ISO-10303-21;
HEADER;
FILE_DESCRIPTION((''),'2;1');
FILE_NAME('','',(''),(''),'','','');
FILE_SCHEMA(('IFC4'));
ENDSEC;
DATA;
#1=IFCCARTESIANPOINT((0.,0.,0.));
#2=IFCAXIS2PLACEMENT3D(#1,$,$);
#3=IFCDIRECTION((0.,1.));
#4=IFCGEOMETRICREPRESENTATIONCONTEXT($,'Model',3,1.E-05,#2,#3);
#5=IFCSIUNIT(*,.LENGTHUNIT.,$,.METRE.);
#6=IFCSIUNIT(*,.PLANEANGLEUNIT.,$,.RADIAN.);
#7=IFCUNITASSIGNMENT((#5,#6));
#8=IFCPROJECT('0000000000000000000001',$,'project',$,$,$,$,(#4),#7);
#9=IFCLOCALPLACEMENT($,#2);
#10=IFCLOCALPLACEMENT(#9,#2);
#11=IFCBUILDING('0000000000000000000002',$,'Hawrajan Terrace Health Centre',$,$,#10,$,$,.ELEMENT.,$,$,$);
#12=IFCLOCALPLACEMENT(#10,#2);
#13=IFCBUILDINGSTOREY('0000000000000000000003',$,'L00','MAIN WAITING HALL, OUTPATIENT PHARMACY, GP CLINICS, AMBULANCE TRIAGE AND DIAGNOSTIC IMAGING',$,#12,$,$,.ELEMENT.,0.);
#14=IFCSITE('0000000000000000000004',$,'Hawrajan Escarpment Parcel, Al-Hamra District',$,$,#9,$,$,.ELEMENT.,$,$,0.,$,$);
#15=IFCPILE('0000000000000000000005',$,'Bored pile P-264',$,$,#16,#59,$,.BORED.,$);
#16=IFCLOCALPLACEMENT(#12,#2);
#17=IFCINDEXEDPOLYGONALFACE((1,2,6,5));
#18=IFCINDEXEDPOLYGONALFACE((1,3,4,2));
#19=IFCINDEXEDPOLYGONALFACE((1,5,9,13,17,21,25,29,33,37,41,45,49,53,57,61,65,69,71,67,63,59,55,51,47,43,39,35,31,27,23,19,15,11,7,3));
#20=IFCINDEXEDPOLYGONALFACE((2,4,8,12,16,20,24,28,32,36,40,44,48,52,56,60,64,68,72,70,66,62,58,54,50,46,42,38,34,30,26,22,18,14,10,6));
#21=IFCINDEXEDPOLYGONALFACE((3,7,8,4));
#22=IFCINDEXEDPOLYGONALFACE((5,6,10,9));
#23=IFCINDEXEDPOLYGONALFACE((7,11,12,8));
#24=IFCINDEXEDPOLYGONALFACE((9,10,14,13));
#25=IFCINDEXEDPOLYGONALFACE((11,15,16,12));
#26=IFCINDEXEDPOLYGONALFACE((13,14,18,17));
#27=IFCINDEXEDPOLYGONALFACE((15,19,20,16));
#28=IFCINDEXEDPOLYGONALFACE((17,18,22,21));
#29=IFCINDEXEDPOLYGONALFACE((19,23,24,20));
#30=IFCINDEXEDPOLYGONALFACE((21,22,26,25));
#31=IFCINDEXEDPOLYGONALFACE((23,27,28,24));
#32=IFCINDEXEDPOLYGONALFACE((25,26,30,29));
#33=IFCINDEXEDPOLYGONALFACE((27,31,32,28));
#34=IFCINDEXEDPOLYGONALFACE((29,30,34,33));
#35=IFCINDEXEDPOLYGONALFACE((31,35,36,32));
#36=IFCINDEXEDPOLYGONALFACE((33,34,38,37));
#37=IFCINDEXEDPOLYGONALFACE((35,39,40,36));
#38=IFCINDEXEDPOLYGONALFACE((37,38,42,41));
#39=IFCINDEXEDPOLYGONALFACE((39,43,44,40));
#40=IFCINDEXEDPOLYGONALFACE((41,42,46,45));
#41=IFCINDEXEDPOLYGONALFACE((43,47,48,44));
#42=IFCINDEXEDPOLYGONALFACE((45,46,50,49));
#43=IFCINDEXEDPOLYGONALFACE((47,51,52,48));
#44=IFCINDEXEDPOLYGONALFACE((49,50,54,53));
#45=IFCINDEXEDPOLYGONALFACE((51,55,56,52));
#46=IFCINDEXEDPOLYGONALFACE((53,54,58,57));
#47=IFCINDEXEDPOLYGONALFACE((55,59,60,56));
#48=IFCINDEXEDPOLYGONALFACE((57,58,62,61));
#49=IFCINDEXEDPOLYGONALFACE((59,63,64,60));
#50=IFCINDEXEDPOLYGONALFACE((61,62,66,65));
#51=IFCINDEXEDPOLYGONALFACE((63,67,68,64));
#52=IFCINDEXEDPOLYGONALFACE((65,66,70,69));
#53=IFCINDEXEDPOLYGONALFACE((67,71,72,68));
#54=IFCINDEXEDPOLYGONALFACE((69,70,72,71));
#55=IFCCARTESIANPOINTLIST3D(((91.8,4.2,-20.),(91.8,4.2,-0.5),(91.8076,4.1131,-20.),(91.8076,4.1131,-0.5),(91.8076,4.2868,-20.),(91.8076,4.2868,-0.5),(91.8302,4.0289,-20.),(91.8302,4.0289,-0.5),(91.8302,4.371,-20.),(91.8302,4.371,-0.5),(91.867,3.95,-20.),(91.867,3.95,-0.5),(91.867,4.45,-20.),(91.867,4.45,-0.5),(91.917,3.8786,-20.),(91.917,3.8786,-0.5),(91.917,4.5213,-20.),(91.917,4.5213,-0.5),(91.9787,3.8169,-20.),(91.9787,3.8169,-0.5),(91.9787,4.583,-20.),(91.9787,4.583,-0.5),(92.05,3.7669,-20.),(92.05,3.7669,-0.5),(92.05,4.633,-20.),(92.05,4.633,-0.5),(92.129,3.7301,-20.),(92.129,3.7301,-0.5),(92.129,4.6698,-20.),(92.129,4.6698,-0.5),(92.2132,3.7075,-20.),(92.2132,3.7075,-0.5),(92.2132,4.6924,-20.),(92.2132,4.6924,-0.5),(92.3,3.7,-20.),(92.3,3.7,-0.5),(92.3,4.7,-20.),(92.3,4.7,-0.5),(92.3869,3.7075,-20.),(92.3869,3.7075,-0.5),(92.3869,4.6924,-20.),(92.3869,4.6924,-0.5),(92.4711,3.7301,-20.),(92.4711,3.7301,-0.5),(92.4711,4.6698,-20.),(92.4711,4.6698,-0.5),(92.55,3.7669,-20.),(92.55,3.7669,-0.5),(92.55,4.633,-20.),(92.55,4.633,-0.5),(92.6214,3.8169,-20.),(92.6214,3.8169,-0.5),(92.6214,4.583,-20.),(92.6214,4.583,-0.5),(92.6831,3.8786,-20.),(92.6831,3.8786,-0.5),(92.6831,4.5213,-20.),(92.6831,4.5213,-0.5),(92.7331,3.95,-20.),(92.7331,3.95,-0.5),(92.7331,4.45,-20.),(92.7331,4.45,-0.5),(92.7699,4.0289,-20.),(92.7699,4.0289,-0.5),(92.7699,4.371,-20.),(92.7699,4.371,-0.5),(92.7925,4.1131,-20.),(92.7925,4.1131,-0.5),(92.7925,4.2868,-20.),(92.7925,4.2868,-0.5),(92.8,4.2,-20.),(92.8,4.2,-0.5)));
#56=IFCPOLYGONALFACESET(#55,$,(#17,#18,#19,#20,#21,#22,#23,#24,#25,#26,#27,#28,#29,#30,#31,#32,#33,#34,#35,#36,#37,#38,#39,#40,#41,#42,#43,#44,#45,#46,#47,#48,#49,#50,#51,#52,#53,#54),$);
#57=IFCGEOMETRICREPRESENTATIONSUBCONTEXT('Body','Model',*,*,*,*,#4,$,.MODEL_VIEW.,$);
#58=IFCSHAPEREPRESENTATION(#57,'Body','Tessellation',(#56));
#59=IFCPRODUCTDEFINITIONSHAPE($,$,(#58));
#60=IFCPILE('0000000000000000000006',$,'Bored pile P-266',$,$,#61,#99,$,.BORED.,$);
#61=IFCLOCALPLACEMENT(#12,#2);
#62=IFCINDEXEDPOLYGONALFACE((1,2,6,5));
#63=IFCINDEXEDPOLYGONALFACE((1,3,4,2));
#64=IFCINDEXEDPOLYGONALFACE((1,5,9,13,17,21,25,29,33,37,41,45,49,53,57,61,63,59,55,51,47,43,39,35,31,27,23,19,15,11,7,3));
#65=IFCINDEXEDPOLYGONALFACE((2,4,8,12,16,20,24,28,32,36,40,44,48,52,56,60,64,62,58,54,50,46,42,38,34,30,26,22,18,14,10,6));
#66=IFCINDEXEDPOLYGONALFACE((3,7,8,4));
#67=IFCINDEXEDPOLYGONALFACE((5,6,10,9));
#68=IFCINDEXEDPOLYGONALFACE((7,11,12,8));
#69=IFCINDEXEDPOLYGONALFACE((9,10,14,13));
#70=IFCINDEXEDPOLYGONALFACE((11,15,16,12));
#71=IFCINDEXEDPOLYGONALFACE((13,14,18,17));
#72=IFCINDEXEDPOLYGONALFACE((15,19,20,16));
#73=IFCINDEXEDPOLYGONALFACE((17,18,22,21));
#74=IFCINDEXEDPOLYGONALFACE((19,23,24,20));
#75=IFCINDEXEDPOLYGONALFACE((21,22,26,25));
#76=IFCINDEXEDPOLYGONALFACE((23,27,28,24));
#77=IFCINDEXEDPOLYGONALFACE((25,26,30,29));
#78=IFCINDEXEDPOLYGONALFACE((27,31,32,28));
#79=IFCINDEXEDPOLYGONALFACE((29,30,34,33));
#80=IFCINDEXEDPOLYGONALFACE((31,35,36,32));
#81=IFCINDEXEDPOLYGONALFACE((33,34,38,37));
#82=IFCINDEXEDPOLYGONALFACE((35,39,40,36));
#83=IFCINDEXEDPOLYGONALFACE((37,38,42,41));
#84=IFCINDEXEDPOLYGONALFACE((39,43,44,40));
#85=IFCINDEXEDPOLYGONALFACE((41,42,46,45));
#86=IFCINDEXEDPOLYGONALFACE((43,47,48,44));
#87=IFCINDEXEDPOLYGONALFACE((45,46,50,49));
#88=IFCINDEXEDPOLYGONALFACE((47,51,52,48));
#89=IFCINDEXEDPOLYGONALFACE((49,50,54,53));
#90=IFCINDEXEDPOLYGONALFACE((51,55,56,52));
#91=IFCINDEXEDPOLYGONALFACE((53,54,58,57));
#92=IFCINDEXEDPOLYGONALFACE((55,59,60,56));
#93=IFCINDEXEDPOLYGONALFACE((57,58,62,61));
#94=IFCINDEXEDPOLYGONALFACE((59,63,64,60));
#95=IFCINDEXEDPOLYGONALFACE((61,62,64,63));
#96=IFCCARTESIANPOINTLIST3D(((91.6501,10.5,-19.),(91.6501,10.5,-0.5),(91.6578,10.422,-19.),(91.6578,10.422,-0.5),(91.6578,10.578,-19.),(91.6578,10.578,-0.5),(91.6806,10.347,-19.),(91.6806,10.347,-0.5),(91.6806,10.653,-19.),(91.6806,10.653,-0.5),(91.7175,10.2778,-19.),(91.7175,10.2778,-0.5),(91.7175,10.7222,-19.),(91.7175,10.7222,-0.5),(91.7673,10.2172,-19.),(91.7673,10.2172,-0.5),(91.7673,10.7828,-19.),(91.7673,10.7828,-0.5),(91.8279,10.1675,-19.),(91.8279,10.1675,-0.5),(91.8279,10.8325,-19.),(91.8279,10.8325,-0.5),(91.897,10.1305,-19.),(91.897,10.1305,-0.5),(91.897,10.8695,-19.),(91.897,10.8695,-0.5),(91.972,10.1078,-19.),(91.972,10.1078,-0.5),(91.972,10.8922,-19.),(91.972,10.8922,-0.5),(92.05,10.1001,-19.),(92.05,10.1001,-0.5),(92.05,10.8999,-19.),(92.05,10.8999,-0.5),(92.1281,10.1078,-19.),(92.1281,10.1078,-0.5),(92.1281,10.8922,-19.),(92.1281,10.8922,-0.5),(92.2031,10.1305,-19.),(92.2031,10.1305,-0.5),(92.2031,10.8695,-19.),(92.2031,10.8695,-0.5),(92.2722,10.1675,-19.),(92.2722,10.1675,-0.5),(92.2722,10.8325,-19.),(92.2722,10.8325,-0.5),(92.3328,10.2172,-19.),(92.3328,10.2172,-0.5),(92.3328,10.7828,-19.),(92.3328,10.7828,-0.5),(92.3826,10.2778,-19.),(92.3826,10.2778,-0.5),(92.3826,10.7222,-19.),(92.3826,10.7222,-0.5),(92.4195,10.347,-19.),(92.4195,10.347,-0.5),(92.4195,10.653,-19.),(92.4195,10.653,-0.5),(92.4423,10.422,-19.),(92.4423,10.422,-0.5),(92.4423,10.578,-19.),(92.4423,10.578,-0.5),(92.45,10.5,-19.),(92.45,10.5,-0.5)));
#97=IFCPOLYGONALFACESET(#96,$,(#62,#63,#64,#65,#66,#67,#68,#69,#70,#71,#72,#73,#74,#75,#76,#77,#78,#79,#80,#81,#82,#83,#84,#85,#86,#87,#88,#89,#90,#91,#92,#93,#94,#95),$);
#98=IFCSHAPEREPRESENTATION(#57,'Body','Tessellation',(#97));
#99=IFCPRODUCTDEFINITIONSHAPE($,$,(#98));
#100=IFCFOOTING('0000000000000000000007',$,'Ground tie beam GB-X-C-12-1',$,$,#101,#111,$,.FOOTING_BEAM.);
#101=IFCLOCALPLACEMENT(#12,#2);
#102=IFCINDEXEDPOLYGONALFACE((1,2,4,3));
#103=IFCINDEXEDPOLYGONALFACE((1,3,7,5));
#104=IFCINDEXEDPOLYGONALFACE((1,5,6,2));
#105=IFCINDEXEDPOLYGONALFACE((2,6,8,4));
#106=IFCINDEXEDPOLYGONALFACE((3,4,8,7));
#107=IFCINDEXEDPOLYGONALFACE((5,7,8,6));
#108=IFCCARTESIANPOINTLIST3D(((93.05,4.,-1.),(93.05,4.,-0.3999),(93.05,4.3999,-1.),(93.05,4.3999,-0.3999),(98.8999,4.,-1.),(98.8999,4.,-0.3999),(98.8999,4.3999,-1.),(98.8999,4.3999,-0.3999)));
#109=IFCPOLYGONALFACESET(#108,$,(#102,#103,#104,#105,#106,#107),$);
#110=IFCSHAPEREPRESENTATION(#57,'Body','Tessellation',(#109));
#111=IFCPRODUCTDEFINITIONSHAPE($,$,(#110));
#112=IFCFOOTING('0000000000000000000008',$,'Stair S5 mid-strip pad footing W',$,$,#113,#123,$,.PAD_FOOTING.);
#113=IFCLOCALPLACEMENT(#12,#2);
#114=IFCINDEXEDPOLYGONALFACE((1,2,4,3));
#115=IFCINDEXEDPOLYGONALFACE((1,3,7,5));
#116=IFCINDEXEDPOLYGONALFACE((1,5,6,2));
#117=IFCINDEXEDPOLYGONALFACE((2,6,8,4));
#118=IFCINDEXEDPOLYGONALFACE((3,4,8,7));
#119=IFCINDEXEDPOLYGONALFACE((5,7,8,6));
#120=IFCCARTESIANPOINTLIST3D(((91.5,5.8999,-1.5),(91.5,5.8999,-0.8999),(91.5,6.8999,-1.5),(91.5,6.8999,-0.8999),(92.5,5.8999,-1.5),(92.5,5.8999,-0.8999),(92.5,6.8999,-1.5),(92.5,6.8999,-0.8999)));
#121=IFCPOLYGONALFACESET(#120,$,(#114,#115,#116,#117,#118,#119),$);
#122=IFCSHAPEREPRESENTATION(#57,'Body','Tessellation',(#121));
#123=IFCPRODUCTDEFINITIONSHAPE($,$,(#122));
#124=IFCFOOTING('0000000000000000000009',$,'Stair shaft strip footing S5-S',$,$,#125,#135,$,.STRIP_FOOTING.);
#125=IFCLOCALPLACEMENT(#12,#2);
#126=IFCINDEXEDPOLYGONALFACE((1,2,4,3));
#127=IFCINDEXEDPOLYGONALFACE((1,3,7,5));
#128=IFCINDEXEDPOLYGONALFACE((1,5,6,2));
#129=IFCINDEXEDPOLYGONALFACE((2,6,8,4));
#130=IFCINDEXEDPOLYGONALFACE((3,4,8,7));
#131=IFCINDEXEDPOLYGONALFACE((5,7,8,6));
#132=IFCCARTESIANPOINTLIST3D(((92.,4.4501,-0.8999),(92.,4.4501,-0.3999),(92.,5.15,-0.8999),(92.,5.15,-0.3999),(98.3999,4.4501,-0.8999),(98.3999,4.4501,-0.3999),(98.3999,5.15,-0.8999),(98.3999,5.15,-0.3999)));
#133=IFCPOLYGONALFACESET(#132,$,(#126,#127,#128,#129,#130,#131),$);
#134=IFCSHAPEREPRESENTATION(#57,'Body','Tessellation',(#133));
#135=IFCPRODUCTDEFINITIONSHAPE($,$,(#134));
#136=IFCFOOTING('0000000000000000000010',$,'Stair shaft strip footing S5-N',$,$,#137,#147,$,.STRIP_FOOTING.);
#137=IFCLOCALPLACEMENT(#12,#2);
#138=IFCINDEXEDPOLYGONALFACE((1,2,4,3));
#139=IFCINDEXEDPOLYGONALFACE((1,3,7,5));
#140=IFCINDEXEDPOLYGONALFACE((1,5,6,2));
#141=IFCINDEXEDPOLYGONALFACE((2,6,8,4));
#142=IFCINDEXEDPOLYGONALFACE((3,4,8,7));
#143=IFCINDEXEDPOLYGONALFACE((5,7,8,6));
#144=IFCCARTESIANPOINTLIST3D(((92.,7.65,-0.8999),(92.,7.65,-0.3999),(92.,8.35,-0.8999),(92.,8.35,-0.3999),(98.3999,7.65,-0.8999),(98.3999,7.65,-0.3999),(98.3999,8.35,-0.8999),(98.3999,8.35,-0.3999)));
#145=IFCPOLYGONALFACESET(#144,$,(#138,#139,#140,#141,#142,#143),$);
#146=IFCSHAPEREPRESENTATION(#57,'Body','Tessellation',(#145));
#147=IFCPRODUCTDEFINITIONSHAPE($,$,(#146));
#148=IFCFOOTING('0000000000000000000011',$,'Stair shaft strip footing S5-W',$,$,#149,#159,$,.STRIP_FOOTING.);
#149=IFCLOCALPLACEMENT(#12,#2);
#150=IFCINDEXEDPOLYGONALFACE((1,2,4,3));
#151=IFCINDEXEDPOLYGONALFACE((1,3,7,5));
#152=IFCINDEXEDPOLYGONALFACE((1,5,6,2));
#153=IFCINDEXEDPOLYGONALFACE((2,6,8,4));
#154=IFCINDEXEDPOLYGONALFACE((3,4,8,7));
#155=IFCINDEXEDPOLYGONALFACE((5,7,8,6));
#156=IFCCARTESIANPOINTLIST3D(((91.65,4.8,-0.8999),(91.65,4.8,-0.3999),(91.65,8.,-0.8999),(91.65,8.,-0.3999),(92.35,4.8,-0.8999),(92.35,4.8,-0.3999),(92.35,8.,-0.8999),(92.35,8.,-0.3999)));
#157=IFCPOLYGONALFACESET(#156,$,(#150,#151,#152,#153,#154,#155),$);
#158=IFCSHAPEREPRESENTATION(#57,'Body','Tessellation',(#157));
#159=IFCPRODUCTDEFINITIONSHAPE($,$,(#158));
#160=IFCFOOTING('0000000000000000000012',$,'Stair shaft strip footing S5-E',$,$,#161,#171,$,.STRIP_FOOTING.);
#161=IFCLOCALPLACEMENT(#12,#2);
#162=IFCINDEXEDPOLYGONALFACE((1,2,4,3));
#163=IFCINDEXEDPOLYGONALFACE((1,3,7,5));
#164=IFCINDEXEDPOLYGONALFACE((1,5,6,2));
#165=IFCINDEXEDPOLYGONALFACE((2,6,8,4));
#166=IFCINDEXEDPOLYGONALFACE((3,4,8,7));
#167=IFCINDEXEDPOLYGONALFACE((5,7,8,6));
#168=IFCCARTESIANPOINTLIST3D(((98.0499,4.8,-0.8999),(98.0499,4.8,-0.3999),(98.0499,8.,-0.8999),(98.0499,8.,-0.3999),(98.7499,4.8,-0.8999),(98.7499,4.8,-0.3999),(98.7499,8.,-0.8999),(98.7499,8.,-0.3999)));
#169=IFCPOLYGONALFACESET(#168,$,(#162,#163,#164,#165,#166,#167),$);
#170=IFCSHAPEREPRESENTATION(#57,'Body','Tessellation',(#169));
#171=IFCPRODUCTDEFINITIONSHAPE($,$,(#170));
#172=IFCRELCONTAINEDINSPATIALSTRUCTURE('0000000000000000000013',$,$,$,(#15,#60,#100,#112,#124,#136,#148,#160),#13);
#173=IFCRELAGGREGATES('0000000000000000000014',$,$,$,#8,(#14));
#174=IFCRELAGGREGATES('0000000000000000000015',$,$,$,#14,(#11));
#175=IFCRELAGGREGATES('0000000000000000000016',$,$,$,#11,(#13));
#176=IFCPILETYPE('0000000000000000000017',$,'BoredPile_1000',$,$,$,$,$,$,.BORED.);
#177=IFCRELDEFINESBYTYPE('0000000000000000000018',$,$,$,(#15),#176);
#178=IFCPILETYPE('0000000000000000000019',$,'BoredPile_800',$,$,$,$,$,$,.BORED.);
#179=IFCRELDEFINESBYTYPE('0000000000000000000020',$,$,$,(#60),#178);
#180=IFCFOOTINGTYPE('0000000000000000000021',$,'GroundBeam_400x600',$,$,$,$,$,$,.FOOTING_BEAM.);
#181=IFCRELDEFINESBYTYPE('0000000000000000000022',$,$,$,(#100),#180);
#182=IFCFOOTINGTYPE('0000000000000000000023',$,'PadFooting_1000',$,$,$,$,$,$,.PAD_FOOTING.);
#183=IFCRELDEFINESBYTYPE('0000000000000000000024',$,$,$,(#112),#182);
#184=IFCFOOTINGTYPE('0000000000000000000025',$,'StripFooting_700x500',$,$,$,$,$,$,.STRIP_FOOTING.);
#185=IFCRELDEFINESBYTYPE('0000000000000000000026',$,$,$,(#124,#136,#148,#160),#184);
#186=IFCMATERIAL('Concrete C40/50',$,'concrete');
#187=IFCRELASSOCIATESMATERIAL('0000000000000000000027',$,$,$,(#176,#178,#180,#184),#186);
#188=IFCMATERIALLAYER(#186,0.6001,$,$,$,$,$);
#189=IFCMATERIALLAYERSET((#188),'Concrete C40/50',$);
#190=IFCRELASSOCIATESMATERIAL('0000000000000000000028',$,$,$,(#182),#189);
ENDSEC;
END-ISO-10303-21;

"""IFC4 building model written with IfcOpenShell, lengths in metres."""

from ifc_helpers import new_model, si_unit, direction, frame, origin, origin_2d, place, context, subcontext, project, spatial, rectangle, circle, extrude, material, layer, layer_set, material_profile, profile_set, type_object, element, save


model = new_model("IFC4")

# Units and contexts
model_context = context("Model", 3, precision=1e-05, world=origin(), true_north=direction((0.0, 1.0)))
body_context = subcontext(model_context, "Body", "Model", "MODEL_VIEW")
ifc_project = project(units=[si_unit("LENGTHUNIT", "METRE"), si_unit("PLANEANGLEUNIT", "RADIAN")], contexts=[model_context])

# Site, building, storey
site_placement = place(None, origin())
site = spatial("IfcSite", under=ifc_project, at=site_placement, Name="Hawrajan Escarpment Parcel, Al-Hamra District", CompositionType="ELEMENT", RefElevation=0.0)
building_placement = place(site_placement, origin())
building = spatial("IfcBuilding", under=site, at=building_placement, Name="Hawrajan Terrace Health Centre", CompositionType="ELEMENT")
storey_placement = place(building_placement, origin())
storey = spatial("IfcBuildingStorey", under=building, at=storey_placement, Name="L00", Description="MAIN WAITING HALL, OUTPATIENT PHARMACY, GP CLINICS, AMBULANCE TRIAGE AND DIAGNOSTIC IMAGING", CompositionType="ELEMENT", Elevation=0.0)

# Piles
ifc_material_1 = material(Name="Concrete C40/50", Category="concrete")
ifc_material_profile_1 = material_profile(ifc_material_1, circle(Radius=0.5, at=origin_2d()), Name="BP 1000")
ifc_profile_set_1 = profile_set([ifc_material_profile_1], Name="Concrete C40/50")
pile_type_1 = type_object("IfcPileType", Name="BoredPile_1000", PredefinedType="BORED", material=ifc_profile_set_1)
pile_1_placement = place(storey_placement, frame((92.3, 4.2, -0.5), z_axis=(0.0, 0.0, -1.0), x_axis=(1.0, 0.0, 0.0)))
element("IfcPile", 1, at=pile_1_placement, inside=storey, type_object=pile_type_1, Name="Bored pile P-264", PredefinedType="BORED", context=body_context, shape_type="SweptSolid", body=[
    extrude(circle(Radius=0.5, at=origin_2d()), origin(), (0.0, 0.0, 1.0), 19.5),
])
ifc_material_profile_2 = material_profile(ifc_material_1, circle(Radius=0.3999, at=origin_2d()), Name="BP 800")
ifc_profile_set_2 = profile_set([ifc_material_profile_2], Name="Concrete C40/50")
pile_type_2 = type_object("IfcPileType", Name="BoredPile_800", PredefinedType="BORED", material=ifc_profile_set_2)
pile_2_placement = place(storey_placement, frame((92.05, 10.5, -0.5), z_axis=(0.0, 0.0, -1.0), x_axis=(1.0, 0.0, 0.0)))
element("IfcPile", 2, at=pile_2_placement, inside=storey, type_object=pile_type_2, Name="Bored pile P-266", PredefinedType="BORED", context=body_context, shape_type="SweptSolid", body=[
    extrude(circle(Radius=0.3999, at=origin_2d()), origin(), (0.0, 0.0, 1.0), 18.5),
])

# Footings
ifc_material_profile_3 = material_profile(ifc_material_1, rectangle(XDim=0.3999, YDim=0.6001, at=origin_2d()), Name="RC BM 400x600")
ifc_profile_set_3 = profile_set([ifc_material_profile_3], Name="Concrete C40/50")
footing_type_1 = type_object("IfcFootingType", Name="GroundBeam_400x600", PredefinedType="FOOTING_BEAM", material=ifc_profile_set_3)
footing_1_placement = place(storey_placement, frame((93.05, 4.2, -0.7), z_axis=(1.0, 0.0, 0.0), x_axis=(0.0, 1.0, 0.0)))
element("IfcFooting", 3, at=footing_1_placement, inside=storey, type_object=footing_type_1, Name="Ground tie beam GB-X-C-12-1", PredefinedType="FOOTING_BEAM", context=body_context, shape_type="SweptSolid", body=[
    extrude(rectangle(XDim=0.3999, YDim=0.6001, at=origin_2d()), origin(), (0.0, 0.0, 1.0), 5.8499),
])
ifc_layer_1 = layer(ifc_material_1, 0.6001)
ifc_layer_set_1 = layer_set([ifc_layer_1], Name="Concrete C40/50")
footing_type_2 = type_object("IfcFootingType", Name="PadFooting_1000", PredefinedType="PAD_FOOTING", material=ifc_layer_set_1)
footing_2_placement = place(storey_placement, frame((92.0, 6.3999, -1.5), z_axis=(0.0, 0.0, 1.0), x_axis=(1.0, 0.0, 0.0)))
element("IfcFooting", 4, at=footing_2_placement, inside=storey, type_object=footing_type_2, Name="Stair S5 mid-strip pad footing W", PredefinedType="PAD_FOOTING", context=body_context, shape_type="SweptSolid", body=[
    extrude(rectangle(XDim=1.0, YDim=1.0, at=origin_2d()), origin(), (0.0, 0.0, 1.0), 0.6001),
])
ifc_material_profile_4 = material_profile(ifc_material_1, rectangle(XDim=0.7, YDim=0.5, at=origin_2d()), Name="RC STRIP 700x500")
ifc_profile_set_4 = profile_set([ifc_material_profile_4], Name="Concrete C40/50")
footing_type_3 = type_object("IfcFootingType", Name="StripFooting_700x500", PredefinedType="STRIP_FOOTING", material=ifc_profile_set_4)
for number, where, z_axis, x_axis, name in (
    (5, (92.0, 4.8, -0.6499), (1.0, 0.0, 0.0), (0.0, 1.0, 0.0), "Stair shaft strip footing S5-S"),
    (6, (92.0, 8.0, -0.6499), (1.0, 0.0, 0.0), (0.0, 1.0, 0.0), "Stair shaft strip footing S5-N"),
):
    element("IfcFooting", number, at=place(storey_placement, frame(where, z_axis=z_axis, x_axis=x_axis)), inside=storey, type_object=footing_type_3, Name=name, PredefinedType="STRIP_FOOTING", context=body_context, shape_type="SweptSolid", body=[
        extrude(rectangle(XDim=0.7, YDim=0.5, at=origin_2d()), origin(), (0.0, 0.0, 1.0), 6.3999),
    ])
for number, where, z_axis, x_axis, name in (
    (7, (92.0, 4.8, -0.6499), (0.0, 1.0, 0.0), (-1.0, 0.0, 0.0), "Stair shaft strip footing S5-W"),
    (8, (98.3999, 4.8, -0.6499), (0.0, 1.0, 0.0), (-1.0, 0.0, 0.0), "Stair shaft strip footing S5-E"),
):
    element("IfcFooting", number, at=place(storey_placement, frame(where, z_axis=z_axis, x_axis=x_axis)), inside=storey, type_object=footing_type_3, Name=name, PredefinedType="STRIP_FOOTING", context=body_context, shape_type="SweptSolid", body=[
        extrude(rectangle(XDim=0.7, YDim=0.5, at=origin_2d()), origin(), (0.0, 0.0, 1.0), 3.2),
    ])

save(model, "model.ifc")
